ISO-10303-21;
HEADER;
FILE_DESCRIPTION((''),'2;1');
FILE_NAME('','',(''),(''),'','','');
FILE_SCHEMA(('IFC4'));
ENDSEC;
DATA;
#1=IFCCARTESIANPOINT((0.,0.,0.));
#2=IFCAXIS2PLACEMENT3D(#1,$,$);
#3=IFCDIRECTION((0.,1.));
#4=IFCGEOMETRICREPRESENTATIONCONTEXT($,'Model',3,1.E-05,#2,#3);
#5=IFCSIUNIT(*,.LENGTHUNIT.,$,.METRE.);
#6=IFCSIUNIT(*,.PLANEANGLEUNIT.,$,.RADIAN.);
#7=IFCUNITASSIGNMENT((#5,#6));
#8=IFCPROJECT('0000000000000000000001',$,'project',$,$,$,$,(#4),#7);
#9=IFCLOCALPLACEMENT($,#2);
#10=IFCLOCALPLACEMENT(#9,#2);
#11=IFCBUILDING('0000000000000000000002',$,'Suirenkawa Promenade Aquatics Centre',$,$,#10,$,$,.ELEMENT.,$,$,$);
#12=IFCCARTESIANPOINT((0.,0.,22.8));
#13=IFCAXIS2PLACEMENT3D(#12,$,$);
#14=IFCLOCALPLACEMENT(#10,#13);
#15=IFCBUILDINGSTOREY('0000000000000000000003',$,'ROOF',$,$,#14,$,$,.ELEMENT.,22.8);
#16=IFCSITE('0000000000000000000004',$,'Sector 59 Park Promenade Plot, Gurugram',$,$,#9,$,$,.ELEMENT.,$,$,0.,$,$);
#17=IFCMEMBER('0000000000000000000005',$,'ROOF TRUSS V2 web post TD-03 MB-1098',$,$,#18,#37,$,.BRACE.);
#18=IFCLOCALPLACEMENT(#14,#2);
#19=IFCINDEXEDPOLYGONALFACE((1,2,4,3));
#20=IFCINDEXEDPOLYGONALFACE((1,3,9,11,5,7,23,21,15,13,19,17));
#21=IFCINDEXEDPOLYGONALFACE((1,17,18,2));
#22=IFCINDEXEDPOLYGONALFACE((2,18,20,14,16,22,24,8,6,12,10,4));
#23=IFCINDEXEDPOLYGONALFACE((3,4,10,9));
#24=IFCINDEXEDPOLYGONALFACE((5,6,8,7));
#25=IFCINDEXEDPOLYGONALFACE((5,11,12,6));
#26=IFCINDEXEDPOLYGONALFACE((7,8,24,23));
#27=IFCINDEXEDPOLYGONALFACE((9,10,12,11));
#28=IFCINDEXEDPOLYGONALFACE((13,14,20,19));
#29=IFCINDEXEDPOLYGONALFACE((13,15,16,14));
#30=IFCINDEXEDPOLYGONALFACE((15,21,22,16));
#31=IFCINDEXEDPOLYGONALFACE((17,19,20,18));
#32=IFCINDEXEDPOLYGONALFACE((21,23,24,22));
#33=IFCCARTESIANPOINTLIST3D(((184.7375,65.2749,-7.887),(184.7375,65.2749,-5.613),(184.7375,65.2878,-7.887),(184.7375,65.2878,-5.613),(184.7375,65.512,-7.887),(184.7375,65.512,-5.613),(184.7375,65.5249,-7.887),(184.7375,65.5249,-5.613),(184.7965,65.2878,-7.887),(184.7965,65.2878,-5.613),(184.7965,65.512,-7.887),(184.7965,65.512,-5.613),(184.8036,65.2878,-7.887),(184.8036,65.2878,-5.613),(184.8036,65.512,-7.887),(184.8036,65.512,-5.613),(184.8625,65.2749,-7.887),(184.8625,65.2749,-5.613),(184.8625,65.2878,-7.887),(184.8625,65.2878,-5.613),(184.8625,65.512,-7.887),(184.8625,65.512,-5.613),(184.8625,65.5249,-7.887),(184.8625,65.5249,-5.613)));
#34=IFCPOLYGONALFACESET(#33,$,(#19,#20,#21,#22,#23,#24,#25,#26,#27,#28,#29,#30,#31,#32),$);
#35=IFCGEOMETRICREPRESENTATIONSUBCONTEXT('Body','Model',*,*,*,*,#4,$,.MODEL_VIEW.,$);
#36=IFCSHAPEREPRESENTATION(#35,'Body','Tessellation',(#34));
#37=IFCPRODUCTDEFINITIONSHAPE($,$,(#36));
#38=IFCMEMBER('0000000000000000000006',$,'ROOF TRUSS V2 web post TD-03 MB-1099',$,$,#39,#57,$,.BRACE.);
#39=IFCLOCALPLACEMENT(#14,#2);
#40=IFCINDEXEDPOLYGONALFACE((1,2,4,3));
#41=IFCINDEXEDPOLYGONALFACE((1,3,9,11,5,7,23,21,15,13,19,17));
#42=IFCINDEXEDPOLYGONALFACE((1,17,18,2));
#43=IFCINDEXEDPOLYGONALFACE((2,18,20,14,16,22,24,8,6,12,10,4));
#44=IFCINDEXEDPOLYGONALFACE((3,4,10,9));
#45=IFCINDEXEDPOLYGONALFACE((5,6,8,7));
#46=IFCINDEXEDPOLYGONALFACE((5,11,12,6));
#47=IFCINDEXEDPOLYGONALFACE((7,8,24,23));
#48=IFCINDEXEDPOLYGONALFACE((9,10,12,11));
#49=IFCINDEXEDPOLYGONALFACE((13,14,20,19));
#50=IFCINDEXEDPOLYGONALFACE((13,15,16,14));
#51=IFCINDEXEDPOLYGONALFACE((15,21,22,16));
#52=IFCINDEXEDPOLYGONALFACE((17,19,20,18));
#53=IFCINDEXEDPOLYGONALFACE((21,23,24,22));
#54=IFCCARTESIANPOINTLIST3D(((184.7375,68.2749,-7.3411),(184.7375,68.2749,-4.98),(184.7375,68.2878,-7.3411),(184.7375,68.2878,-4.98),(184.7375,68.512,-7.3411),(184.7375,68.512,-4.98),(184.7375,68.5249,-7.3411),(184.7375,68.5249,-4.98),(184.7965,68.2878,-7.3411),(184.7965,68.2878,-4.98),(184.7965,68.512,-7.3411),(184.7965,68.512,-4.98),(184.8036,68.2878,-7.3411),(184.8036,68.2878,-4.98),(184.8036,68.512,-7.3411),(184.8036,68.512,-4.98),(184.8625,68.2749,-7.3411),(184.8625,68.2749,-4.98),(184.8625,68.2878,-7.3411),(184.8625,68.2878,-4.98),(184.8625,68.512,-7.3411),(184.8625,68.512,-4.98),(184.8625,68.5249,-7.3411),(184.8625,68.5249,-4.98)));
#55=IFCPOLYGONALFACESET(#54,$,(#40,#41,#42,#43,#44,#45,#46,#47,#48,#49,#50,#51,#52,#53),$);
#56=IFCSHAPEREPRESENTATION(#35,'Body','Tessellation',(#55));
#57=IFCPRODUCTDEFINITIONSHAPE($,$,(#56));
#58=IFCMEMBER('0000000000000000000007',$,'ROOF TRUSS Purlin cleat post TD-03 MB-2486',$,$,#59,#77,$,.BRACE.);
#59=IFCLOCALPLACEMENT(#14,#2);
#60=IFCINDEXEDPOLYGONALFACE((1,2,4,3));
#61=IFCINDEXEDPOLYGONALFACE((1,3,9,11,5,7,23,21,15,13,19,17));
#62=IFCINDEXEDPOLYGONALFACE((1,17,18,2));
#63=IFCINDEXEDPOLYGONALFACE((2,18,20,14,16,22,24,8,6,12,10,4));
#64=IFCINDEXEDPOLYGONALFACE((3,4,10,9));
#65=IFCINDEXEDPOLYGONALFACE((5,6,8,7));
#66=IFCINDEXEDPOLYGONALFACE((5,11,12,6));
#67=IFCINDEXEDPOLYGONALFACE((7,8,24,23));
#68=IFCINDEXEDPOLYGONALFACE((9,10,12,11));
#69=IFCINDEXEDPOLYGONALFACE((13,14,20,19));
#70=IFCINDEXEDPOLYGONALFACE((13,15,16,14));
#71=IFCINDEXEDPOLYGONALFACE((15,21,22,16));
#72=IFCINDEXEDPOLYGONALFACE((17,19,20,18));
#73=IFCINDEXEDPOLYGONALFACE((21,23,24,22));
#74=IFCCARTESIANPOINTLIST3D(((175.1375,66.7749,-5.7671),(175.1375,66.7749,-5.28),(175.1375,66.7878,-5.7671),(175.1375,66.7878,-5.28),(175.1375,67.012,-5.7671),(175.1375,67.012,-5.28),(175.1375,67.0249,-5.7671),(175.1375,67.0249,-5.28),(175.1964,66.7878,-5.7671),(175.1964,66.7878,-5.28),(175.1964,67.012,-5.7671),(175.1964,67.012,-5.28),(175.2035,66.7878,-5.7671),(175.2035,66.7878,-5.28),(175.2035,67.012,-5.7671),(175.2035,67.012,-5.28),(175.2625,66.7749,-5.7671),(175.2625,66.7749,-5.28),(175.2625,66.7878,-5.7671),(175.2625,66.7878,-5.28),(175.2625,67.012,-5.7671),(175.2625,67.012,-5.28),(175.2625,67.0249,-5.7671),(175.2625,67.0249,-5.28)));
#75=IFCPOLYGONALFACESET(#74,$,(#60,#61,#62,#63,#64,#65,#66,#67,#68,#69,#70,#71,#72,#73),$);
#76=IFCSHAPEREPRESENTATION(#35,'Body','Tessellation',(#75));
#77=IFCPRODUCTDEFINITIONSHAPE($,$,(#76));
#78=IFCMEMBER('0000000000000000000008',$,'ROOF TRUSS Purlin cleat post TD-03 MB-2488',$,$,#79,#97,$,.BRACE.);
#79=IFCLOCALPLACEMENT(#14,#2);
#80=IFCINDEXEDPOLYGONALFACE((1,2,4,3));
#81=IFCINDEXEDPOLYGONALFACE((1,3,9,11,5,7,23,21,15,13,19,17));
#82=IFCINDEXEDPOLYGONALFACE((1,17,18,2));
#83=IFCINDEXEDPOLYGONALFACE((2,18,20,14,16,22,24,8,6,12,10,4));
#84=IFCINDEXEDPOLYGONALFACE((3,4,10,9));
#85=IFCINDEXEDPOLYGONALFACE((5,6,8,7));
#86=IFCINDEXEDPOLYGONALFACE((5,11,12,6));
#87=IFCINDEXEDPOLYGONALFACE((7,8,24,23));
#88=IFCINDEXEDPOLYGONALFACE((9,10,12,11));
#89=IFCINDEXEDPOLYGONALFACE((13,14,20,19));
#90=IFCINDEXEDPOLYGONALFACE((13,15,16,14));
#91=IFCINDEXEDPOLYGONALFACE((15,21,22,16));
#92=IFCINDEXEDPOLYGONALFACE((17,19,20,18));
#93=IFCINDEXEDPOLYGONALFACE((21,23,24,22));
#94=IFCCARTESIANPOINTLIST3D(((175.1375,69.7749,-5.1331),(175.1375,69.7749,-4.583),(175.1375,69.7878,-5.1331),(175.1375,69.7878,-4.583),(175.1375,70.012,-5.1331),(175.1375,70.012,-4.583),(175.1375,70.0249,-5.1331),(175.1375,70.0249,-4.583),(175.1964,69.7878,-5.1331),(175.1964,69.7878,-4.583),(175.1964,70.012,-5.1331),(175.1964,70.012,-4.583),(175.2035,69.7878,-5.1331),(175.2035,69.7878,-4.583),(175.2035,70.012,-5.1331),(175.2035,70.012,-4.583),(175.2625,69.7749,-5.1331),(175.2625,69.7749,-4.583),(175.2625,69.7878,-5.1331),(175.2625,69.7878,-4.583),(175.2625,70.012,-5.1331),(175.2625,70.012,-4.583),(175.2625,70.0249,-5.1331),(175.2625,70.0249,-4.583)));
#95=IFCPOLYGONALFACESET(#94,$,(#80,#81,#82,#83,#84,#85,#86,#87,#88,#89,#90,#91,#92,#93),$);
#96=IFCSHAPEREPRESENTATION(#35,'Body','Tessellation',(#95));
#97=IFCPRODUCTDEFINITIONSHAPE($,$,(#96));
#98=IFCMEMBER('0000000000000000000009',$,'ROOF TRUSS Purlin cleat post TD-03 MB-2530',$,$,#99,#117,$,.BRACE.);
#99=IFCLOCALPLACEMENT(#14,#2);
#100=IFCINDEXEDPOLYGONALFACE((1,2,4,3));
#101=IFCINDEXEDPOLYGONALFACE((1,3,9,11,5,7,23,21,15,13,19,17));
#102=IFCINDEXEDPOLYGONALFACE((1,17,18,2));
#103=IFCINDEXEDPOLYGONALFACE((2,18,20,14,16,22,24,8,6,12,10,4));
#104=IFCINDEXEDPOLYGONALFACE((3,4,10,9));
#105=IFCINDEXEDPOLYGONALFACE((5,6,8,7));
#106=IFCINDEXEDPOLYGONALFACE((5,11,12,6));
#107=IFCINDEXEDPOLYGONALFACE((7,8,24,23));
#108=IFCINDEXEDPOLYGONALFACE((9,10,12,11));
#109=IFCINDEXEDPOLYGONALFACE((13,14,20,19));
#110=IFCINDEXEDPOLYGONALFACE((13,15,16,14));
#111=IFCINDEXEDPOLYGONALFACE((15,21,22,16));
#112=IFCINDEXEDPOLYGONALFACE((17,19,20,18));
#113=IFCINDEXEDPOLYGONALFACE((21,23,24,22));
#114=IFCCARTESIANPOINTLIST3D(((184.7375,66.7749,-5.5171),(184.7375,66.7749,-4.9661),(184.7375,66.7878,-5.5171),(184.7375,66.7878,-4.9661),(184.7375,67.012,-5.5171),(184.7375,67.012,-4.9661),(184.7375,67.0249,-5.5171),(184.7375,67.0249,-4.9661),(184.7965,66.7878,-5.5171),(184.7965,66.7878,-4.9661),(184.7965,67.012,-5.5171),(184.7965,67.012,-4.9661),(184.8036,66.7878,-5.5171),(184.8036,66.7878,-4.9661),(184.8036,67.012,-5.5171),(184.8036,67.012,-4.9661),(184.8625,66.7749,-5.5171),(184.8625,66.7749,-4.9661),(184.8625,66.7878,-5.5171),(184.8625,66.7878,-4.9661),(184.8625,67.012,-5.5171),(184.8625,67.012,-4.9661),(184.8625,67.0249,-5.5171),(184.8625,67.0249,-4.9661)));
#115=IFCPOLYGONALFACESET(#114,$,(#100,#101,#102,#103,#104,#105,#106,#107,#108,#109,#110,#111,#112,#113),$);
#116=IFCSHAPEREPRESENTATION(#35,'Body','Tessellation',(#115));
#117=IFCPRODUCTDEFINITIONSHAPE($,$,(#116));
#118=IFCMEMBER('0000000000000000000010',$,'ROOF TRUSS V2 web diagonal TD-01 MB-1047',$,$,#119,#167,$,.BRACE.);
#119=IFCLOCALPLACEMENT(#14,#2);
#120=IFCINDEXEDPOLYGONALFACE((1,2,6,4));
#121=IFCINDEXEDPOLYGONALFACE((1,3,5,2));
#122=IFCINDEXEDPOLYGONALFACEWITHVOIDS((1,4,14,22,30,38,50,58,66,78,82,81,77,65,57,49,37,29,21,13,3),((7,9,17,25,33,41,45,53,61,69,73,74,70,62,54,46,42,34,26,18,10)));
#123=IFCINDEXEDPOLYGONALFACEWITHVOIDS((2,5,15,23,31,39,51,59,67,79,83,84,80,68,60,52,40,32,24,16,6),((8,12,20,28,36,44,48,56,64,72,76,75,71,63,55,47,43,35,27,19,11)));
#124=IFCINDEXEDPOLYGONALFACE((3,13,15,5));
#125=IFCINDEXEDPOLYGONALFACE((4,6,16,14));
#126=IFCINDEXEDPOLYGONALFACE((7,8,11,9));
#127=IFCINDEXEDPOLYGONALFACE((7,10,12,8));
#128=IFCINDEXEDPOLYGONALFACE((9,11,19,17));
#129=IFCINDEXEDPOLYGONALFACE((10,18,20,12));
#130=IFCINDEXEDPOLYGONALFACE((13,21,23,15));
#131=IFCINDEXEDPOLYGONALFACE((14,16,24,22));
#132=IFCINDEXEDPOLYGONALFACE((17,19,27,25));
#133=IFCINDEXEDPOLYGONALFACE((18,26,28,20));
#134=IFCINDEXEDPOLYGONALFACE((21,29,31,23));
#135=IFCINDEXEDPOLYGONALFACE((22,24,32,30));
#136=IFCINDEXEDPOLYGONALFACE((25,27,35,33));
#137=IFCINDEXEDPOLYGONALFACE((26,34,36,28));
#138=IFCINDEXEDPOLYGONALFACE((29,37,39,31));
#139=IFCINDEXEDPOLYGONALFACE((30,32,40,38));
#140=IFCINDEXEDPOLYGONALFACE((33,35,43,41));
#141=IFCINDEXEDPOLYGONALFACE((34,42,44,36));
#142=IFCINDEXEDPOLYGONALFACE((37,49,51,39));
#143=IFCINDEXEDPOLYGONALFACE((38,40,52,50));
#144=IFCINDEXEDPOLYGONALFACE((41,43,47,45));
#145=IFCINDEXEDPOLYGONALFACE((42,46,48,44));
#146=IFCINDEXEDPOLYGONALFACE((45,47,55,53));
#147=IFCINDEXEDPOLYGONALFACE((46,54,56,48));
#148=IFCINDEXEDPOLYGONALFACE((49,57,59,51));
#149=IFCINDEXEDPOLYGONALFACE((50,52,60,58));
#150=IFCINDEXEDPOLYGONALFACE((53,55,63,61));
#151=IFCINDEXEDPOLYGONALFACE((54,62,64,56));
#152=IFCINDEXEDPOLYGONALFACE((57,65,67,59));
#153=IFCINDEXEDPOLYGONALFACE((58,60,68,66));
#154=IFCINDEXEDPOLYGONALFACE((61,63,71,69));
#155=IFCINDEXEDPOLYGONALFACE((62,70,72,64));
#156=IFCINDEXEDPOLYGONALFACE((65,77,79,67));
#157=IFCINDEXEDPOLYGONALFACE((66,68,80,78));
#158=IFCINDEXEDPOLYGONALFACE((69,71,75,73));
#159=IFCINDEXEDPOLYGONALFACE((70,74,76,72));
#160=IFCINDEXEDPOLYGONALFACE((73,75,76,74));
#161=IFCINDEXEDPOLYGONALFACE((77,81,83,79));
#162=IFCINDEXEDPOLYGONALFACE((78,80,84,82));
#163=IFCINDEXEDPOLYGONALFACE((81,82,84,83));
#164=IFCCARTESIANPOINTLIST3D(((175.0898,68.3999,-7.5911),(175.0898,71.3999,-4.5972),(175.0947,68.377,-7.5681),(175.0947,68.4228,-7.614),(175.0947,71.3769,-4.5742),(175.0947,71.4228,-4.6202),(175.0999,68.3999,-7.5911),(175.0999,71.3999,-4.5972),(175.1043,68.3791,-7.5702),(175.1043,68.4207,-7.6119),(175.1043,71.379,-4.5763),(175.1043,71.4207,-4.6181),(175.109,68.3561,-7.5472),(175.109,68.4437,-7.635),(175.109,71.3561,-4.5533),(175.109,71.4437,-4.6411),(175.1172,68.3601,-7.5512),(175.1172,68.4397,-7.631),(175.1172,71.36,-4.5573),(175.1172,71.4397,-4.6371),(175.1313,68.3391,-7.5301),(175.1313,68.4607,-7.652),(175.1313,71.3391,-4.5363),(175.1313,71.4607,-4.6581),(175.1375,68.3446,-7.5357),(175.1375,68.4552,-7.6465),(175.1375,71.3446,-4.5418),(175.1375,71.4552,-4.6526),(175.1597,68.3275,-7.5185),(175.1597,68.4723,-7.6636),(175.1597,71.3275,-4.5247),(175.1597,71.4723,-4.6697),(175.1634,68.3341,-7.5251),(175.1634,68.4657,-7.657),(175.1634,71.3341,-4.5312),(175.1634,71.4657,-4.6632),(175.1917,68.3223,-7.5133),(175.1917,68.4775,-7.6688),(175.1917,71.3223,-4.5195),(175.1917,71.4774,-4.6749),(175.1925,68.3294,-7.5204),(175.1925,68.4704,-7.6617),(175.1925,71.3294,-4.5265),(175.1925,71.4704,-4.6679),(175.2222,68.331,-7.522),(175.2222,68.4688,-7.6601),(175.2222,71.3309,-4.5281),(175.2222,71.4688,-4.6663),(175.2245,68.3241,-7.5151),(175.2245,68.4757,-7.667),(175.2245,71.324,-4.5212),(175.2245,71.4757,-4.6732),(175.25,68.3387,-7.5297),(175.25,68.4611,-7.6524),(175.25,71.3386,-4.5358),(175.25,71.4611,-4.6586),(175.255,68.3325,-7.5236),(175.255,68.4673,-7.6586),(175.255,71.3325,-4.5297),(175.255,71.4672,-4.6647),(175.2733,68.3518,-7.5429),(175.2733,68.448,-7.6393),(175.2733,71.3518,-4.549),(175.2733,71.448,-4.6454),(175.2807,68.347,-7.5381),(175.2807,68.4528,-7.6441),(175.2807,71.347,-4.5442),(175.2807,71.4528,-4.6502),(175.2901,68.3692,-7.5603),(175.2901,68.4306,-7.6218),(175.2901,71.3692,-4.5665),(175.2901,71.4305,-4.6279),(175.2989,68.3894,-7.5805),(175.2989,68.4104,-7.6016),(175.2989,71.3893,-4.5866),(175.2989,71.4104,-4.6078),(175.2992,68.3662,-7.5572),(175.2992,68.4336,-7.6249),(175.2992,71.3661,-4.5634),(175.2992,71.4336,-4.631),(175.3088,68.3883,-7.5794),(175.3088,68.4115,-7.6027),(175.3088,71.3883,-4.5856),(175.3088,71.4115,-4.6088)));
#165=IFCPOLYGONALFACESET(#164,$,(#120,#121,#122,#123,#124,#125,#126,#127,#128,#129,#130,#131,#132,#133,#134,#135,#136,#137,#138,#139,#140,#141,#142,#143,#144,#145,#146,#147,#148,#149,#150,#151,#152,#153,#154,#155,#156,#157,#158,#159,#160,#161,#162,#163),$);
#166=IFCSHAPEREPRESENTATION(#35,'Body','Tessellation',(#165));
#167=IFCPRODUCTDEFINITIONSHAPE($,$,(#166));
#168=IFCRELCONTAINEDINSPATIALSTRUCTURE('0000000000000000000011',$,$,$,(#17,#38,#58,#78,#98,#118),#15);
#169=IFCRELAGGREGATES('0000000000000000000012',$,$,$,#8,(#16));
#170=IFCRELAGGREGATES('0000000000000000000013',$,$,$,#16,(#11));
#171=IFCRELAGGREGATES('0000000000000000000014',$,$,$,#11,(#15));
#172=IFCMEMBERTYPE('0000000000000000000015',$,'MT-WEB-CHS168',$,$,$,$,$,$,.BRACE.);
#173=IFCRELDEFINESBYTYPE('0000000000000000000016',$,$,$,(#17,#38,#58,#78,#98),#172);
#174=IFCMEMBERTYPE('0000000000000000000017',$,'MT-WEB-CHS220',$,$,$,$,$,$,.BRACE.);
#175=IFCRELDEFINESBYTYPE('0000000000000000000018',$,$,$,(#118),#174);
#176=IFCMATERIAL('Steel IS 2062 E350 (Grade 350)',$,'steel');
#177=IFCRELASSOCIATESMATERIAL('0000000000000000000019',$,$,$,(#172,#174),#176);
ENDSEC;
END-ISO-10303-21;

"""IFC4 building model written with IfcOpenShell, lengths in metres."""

from ifc_helpers import new_model, si_unit, direction, frame, origin, origin_2d, place, context, subcontext, project, spatial, hollow_circle, i_section, extrude, material, material_profile, profile_set, type_object, element, save


model = new_model("IFC4")

# Units and contexts
model_context = context("Model", 3, precision=1e-05, world=origin(), true_north=direction((0.0, 1.0)))
body_context = subcontext(model_context, "Body", "Model", "MODEL_VIEW")
ifc_project = project(units=[si_unit("LENGTHUNIT", "METRE"), si_unit("PLANEANGLEUNIT", "RADIAN")], contexts=[model_context])

# Site, building, storey
site_placement = place(None, origin())
site = spatial("IfcSite", under=ifc_project, at=site_placement, Name="Sector 59 Park Promenade Plot, Gurugram", CompositionType="ELEMENT", RefElevation=0.0)
building_placement = place(site_placement, origin())
building = spatial("IfcBuilding", under=site, at=building_placement, Name="Suirenkawa Promenade Aquatics Centre", CompositionType="ELEMENT")
storey_placement = place(building_placement, frame((0.0, 0.0, 22.8)))
storey = spatial("IfcBuildingStorey", under=building, at=storey_placement, Name="ROOF", CompositionType="ELEMENT", Elevation=22.8)

# Shared definitions
ifc_material = material(Name="Steel IS 2062 E350 (Grade 350)", Category="steel")

# Members
ifc_material_profile_1 = material_profile(ifc_material, i_section(OverallWidth=0.125, OverallDepth=0.25, WebThickness=0.0071, FlangeThickness=0.0129, at=origin_2d()), Name="ISMB 250", Category="steel")
ifc_profile_set_1 = profile_set([ifc_material_profile_1], Name="Steel IS 2062 E350 (Grade 350)")
member_type_1 = type_object("IfcMemberType", Name="MT-WEB-CHS168", PredefinedType="BRACE", material=ifc_profile_set_1)
member_1_placement = place(storey_placement, frame((184.8, 65.3999, -7.887), z_axis=(0.0, 0.0, 1.0), x_axis=(1.0, 0.0, 0.0)))
element("IfcMember", 1, at=member_1_placement, inside=storey, type_object=member_type_1, Name="ROOF TRUSS V2 web post TD-03 MB-1098", PredefinedType="BRACE", context=body_context, shape_type="SweptSolid", body=[
    extrude(i_section(OverallWidth=0.125, OverallDepth=0.25, WebThickness=0.0071, FlangeThickness=0.0129, at=origin_2d()), origin(), (0.0, 0.0, 1.0), 2.2739),
])
member_2_placement = place(storey_placement, frame((184.8, 68.3999, -7.3411), z_axis=(0.0, 0.0, 1.0), x_axis=(1.0, 0.0, 0.0)))
element("IfcMember", 2, at=member_2_placement, inside=storey, type_object=member_type_1, Name="ROOF TRUSS V2 web post TD-03 MB-1099", PredefinedType="BRACE", context=body_context, shape_type="SweptSolid", body=[
    extrude(i_section(OverallWidth=0.125, OverallDepth=0.25, WebThickness=0.0071, FlangeThickness=0.0129, at=origin_2d()), origin(), (0.0, 0.0, 1.0), 2.3611),
])
member_3_placement = place(storey_placement, frame((175.2, 66.8999, -5.7671), z_axis=(0.0, 0.0, 1.0), x_axis=(1.0, 0.0, 0.0)))
element("IfcMember", 3, at=member_3_placement, inside=storey, type_object=member_type_1, Name="ROOF TRUSS Purlin cleat post TD-03 MB-2486", PredefinedType="BRACE", context=body_context, shape_type="SweptSolid", body=[
    extrude(i_section(OverallWidth=0.125, OverallDepth=0.25, WebThickness=0.0071, FlangeThickness=0.0129, at=origin_2d()), origin(), (0.0, 0.0, 1.0), 0.4871),
])
member_4_placement = place(storey_placement, frame((175.2, 69.8999, -5.1331), z_axis=(0.0, 0.0, 1.0), x_axis=(1.0, 0.0, 0.0)))
element("IfcMember", 4, at=member_4_placement, inside=storey, type_object=member_type_1, Name="ROOF TRUSS Purlin cleat post TD-03 MB-2488", PredefinedType="BRACE", context=body_context, shape_type="SweptSolid", body=[
    extrude(i_section(OverallWidth=0.125, OverallDepth=0.25, WebThickness=0.0071, FlangeThickness=0.0129, at=origin_2d()), origin(), (0.0, 0.0, 1.0), 0.55),
])
member_5_placement = place(storey_placement, frame((184.8, 66.8999, -5.5171), z_axis=(0.0, 0.0, 1.0), x_axis=(1.0, 0.0, 0.0)))
element("IfcMember", 5, at=member_5_placement, inside=storey, type_object=member_type_1, Name="ROOF TRUSS Purlin cleat post TD-03 MB-2530", PredefinedType="BRACE", context=body_context, shape_type="SweptSolid", body=[
    extrude(i_section(OverallWidth=0.125, OverallDepth=0.25, WebThickness=0.0071, FlangeThickness=0.0129, at=origin_2d()), origin(), (0.0, 0.0, 1.0), 0.551),
])
ifc_material_profile_2 = material_profile(ifc_material, hollow_circle(Radius=0.1101, WallThickness=0.01, at=origin_2d()), Name="CHS 220x10", Category="steel")
ifc_profile_set_2 = profile_set([ifc_material_profile_2], Name="Steel IS 2062 E350 (Grade 350)")
member_type_2 = type_object("IfcMemberType", Name="MT-WEB-CHS220", PredefinedType="BRACE", material=ifc_profile_set_2)
member_6_placement = place(storey_placement, frame((175.2, 68.3999, -7.5911), z_axis=(0.0, 0.707826, 0.706386), x_axis=(-1.0, 0.0, 0.0)))
element("IfcMember", 6, at=member_6_placement, inside=storey, type_object=member_type_2, Name="ROOF TRUSS V2 web diagonal TD-01 MB-1047", PredefinedType="BRACE", context=body_context, shape_type="SweptSolid", body=[
    extrude(hollow_circle(Radius=0.1101, WallThickness=0.01, at=origin_2d()), origin(), (0.0, 0.0, 1.0), 4.2383),
])

save(model, "model.ifc")
